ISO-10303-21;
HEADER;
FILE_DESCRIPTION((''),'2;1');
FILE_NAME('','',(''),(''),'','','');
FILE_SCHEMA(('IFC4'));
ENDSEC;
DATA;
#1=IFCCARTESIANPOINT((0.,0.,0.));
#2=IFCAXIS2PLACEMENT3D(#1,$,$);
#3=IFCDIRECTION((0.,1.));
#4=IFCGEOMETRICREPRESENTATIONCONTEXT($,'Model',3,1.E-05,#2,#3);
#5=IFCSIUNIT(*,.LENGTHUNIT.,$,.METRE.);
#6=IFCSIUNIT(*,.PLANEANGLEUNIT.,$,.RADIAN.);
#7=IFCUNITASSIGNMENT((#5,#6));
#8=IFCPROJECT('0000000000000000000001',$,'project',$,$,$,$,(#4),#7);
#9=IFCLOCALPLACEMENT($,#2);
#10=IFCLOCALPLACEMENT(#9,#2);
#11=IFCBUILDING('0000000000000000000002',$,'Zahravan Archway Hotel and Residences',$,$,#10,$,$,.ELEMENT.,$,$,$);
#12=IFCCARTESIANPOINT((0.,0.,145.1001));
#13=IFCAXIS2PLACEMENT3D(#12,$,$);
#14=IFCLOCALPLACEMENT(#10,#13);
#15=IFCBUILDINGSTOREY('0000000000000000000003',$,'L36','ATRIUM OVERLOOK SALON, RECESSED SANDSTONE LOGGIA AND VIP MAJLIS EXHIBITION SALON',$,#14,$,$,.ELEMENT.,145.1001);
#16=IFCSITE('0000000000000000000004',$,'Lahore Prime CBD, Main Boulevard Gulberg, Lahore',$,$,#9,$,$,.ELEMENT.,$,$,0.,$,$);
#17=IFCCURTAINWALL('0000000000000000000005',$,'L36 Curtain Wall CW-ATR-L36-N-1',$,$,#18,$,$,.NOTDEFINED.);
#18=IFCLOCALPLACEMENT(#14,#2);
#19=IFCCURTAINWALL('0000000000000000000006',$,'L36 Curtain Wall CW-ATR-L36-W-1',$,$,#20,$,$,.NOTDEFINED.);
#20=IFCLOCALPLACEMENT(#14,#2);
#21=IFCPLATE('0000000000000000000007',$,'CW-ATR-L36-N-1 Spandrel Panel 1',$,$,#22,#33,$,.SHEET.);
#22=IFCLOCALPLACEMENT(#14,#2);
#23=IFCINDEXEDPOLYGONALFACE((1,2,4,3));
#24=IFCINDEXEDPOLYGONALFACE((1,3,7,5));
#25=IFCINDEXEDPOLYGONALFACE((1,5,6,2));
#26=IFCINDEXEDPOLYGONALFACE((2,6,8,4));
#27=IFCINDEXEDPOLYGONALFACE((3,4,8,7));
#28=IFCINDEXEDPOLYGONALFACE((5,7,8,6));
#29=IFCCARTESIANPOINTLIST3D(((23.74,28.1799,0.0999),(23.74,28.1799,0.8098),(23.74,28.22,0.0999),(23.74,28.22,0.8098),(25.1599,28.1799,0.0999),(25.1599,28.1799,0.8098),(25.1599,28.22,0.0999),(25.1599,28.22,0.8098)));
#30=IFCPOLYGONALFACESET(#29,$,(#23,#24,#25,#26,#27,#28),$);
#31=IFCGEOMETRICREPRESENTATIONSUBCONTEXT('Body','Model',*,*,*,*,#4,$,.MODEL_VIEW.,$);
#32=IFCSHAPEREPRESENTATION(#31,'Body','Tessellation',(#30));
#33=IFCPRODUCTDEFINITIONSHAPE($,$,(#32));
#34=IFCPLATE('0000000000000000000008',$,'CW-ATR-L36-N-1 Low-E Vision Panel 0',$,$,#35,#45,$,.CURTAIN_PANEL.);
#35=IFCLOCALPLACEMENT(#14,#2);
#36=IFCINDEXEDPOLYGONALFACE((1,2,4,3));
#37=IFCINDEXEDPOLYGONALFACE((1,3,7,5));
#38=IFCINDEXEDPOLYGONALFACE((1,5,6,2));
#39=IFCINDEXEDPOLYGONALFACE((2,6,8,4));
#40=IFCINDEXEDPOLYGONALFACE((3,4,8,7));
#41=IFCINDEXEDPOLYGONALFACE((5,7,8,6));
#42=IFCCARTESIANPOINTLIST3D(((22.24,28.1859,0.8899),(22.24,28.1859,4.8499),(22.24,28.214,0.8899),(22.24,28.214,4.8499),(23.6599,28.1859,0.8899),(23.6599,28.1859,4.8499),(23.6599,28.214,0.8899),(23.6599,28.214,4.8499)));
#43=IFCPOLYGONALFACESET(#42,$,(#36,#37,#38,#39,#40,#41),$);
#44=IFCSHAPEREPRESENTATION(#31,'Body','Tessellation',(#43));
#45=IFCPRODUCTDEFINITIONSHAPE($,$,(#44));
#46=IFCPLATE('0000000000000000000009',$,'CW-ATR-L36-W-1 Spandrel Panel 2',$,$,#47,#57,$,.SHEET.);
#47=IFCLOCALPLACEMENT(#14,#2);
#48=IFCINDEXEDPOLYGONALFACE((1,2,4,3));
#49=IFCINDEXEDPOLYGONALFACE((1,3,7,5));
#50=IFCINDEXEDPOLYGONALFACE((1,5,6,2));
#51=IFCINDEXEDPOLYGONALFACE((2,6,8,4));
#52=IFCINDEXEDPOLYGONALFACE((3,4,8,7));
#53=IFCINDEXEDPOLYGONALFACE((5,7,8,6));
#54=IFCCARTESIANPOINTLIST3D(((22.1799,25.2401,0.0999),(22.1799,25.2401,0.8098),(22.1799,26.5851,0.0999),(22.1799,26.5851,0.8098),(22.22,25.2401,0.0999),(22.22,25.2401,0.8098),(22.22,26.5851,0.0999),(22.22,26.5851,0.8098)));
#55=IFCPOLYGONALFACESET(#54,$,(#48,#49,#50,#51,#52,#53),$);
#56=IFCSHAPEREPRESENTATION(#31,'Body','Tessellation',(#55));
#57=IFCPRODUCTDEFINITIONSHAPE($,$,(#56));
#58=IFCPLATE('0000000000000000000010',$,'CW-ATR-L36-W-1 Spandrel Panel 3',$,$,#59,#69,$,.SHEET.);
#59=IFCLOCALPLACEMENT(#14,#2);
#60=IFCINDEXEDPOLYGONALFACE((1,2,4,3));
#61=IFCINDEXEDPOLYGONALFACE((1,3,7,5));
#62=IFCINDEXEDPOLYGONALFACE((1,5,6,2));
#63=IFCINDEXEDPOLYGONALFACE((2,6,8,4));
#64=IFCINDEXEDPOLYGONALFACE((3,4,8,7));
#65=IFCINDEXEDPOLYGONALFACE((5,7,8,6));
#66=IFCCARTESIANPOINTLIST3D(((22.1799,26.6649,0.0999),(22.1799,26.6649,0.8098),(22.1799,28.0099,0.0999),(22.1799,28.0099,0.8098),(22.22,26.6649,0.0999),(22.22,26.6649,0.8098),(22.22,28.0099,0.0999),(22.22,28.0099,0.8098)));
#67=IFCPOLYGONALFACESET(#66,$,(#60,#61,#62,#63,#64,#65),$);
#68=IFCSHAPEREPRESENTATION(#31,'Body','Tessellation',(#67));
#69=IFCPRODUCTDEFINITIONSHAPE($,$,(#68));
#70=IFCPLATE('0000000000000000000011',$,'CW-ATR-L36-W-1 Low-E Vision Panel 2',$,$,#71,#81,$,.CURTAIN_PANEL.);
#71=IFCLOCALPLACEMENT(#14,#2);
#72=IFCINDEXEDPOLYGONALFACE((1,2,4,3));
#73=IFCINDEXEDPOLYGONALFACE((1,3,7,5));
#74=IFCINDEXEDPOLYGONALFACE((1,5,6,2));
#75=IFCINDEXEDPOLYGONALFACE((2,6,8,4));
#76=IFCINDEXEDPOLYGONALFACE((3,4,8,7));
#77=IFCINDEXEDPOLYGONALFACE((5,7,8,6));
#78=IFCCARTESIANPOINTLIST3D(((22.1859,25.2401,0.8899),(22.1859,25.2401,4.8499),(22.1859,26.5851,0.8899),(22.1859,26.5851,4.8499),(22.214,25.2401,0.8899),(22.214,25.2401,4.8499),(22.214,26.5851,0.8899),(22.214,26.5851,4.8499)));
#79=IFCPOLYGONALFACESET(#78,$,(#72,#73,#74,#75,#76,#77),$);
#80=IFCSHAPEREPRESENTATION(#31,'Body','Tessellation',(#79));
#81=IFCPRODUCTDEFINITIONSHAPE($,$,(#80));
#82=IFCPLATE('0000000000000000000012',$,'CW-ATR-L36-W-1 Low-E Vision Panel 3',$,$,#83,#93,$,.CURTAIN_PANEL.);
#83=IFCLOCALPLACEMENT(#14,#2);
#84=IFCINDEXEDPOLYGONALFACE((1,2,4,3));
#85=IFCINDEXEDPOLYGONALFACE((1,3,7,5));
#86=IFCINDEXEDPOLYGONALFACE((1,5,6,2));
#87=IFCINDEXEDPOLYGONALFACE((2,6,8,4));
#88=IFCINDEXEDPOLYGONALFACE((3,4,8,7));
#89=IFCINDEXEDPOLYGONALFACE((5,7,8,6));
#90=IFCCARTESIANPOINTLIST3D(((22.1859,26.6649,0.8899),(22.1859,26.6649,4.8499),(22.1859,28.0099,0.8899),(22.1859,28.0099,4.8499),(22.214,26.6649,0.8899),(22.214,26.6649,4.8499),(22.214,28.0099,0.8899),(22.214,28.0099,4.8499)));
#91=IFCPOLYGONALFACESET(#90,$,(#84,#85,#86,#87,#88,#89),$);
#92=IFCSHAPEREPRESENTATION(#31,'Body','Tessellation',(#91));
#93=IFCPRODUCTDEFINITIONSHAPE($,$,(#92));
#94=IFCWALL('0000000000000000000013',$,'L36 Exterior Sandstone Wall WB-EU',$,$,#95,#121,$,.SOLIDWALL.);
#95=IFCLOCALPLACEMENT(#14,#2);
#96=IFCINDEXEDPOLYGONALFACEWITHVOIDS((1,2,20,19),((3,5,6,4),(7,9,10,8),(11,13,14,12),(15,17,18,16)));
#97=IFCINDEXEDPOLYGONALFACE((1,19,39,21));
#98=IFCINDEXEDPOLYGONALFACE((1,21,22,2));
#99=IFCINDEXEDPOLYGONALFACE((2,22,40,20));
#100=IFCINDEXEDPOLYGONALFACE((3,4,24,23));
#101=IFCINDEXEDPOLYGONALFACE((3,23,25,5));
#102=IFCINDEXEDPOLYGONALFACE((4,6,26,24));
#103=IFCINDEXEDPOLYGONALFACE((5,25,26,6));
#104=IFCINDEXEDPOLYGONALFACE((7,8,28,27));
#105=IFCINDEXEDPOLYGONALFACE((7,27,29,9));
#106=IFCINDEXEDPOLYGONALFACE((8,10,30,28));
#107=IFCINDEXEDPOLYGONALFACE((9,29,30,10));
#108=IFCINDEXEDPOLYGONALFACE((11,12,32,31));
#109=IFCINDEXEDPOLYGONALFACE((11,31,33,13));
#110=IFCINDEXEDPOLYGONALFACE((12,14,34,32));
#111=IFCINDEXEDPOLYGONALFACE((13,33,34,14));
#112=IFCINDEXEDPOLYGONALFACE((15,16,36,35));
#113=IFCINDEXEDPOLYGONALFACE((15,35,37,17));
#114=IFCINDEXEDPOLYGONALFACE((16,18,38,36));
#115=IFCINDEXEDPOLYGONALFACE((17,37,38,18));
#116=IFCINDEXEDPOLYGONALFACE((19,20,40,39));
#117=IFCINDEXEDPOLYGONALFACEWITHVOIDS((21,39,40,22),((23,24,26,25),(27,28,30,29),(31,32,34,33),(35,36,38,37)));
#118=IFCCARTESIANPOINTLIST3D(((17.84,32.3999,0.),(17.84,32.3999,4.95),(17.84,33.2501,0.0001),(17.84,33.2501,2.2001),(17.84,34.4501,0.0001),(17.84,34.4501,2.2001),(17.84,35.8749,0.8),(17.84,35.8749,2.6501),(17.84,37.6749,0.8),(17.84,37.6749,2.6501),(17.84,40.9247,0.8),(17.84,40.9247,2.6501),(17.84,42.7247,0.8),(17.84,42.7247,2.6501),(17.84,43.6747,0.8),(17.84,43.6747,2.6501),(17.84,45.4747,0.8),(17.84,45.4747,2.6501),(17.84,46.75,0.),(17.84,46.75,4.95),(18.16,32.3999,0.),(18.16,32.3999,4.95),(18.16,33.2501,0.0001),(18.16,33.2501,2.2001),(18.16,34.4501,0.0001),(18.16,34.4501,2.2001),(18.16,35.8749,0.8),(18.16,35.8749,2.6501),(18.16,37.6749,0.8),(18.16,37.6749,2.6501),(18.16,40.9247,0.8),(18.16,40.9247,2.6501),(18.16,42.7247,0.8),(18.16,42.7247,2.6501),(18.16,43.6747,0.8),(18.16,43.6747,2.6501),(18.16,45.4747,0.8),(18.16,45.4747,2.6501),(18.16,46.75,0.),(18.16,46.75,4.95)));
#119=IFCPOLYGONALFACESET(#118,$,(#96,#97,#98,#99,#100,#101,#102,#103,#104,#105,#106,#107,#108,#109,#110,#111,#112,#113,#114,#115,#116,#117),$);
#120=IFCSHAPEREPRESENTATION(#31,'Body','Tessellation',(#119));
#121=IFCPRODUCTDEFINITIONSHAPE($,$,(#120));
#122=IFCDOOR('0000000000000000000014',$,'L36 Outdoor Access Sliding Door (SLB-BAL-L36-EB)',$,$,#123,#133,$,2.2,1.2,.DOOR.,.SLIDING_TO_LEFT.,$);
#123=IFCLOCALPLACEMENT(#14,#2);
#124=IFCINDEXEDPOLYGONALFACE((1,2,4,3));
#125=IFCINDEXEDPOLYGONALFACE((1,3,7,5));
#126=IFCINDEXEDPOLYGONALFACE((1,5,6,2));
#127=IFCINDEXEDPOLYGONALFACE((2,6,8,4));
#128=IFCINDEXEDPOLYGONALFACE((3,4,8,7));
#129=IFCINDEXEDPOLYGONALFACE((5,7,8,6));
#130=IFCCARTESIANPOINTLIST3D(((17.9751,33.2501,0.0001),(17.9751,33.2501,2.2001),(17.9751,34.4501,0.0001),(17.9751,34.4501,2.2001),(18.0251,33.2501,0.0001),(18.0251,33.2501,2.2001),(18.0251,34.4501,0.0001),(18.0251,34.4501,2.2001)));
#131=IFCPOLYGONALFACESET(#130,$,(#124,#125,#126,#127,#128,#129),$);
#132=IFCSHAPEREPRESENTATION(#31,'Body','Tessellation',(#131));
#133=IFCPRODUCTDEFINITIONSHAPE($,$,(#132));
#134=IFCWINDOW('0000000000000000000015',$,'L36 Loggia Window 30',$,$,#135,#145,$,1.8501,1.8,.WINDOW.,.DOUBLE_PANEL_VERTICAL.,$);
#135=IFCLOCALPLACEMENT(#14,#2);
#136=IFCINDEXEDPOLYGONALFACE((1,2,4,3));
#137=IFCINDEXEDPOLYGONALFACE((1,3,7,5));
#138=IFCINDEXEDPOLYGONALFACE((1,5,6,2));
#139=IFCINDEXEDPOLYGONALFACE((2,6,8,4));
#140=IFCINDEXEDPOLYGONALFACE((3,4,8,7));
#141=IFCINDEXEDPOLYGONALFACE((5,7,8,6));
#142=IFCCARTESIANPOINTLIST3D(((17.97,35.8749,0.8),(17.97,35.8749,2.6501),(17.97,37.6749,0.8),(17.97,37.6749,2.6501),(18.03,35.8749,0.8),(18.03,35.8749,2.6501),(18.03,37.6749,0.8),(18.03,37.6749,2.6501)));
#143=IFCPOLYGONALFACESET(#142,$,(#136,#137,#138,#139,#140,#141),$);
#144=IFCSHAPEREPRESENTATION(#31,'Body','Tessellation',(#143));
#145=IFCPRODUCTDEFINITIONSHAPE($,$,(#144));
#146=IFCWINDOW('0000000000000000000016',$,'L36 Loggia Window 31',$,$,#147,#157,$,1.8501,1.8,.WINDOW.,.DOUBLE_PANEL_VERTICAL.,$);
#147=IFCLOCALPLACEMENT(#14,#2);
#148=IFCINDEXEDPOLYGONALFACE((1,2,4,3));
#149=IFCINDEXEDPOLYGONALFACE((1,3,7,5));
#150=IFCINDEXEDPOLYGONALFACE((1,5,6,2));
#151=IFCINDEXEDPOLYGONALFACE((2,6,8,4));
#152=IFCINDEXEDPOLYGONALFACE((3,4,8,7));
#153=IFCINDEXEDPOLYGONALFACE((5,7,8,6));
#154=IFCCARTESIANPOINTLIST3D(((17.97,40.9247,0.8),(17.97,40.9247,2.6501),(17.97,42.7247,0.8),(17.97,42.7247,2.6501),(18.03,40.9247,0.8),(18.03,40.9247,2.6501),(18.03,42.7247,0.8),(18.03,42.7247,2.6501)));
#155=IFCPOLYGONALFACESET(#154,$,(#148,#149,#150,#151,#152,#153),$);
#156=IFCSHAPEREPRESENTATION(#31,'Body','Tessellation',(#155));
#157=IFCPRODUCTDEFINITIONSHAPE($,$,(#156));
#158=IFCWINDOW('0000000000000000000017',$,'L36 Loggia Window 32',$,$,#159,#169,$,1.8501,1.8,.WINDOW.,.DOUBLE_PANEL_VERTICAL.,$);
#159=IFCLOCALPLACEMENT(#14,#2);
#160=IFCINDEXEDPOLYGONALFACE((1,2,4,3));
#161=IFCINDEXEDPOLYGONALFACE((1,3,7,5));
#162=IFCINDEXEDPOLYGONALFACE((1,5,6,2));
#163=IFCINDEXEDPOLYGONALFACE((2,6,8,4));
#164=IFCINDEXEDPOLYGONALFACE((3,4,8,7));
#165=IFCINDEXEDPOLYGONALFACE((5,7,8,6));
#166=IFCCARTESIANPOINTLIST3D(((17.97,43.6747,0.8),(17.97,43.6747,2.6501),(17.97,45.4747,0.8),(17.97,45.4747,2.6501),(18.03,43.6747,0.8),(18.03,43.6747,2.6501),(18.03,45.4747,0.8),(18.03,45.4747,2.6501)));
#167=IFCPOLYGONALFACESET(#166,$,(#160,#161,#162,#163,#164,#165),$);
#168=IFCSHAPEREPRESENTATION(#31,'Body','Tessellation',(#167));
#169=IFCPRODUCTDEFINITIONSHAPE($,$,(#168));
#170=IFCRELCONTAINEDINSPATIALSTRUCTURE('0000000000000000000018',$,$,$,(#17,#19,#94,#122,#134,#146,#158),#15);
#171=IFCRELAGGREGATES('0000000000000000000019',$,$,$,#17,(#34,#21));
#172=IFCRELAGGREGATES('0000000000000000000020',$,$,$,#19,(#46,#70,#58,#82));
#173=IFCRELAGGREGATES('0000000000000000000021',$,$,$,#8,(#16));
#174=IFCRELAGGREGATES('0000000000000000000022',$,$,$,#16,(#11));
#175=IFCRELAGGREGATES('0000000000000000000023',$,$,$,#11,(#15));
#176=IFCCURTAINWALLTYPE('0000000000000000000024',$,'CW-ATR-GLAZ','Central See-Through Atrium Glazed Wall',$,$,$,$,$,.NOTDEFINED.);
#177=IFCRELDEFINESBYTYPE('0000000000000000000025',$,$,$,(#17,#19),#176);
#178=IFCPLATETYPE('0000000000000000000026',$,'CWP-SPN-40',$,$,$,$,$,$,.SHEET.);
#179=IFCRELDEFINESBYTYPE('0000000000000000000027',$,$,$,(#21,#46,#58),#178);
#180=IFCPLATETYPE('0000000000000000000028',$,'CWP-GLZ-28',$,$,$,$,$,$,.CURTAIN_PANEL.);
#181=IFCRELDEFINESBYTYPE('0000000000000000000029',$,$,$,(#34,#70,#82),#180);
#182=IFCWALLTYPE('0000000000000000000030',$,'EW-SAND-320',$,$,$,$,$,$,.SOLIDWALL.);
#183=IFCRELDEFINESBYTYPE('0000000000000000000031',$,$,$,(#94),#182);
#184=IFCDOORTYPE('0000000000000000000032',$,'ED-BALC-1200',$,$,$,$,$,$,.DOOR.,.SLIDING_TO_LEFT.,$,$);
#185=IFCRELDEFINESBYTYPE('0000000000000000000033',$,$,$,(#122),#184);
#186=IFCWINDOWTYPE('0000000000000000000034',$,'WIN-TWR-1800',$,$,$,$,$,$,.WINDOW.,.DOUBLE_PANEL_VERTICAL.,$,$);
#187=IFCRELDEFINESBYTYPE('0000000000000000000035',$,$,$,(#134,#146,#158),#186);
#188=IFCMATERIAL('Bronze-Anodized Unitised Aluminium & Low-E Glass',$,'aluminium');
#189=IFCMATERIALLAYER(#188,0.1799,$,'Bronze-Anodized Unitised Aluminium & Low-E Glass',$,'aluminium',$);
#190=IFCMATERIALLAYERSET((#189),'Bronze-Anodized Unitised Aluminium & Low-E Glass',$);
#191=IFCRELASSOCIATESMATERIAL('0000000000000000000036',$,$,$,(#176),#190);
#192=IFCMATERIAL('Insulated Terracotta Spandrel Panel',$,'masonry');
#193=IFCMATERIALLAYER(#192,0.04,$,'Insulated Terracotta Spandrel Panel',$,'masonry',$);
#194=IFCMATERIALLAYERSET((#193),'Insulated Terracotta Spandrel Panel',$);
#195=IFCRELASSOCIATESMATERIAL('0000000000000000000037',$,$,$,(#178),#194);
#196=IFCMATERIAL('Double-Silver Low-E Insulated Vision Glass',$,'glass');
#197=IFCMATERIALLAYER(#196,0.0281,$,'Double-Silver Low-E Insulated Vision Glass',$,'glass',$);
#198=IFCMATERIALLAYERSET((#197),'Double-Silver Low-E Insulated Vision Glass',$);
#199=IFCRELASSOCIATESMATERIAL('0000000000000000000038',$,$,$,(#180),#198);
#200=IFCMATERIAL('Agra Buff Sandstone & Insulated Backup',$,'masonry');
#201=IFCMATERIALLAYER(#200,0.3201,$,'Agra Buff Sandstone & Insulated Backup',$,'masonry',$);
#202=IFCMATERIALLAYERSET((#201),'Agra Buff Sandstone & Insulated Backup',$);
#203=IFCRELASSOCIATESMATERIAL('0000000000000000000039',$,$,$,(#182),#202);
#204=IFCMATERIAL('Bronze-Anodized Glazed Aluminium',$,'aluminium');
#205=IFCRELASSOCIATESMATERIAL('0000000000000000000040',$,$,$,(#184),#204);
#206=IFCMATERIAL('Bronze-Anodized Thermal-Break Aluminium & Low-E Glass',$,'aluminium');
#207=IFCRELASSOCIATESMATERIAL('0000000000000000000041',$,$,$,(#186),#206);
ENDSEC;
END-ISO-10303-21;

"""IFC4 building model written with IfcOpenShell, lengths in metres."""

from ifc_helpers import new_model, si_unit, direction, frame, frame_2d, origin, origin_2d, place, context, subcontext, project, spatial, rectangle, extrude, source, transform, mapped, material, layer, layer_set, type_object, type_shapes, element, fill, aggregate, save


model = new_model("IFC4")

# Units and contexts
model_context = context("Model", 3, precision=1e-05, world=origin(), true_north=direction((0.0, 1.0)))
body_context = subcontext(model_context, "Body", "Model", "MODEL_VIEW")
ifc_project = project(units=[si_unit("LENGTHUNIT", "METRE"), si_unit("PLANEANGLEUNIT", "RADIAN")], contexts=[model_context])

# Site, building, storey
site_placement = place(None, origin())
site = spatial("IfcSite", under=ifc_project, at=site_placement, Name="Lahore Prime CBD, Main Boulevard Gulberg, Lahore", CompositionType="ELEMENT", RefElevation=0.0)
building_placement = place(site_placement, origin())
building = spatial("IfcBuilding", under=site, at=building_placement, Name="Zahravan Archway Hotel and Residences", CompositionType="ELEMENT")
storey_placement = place(building_placement, frame((0.0, 0.0, 145.1001)))
storey = spatial("IfcBuildingStorey", under=building, at=storey_placement, Name="L36", Description="ATRIUM OVERLOOK SALON, RECESSED SANDSTONE LOGGIA AND VIP MAJLIS EXHIBITION SALON", CompositionType="ELEMENT", Elevation=145.1001)

# Curtain walls
ifc_material_1 = material(Name="Bronze-Anodized Unitised Aluminium & Low-E Glass", Category="aluminium")
ifc_layer_1 = layer(ifc_material_1, 0.1799, Name="Bronze-Anodized Unitised Aluminium & Low-E Glass", Category="aluminium")
ifc_layer_set_1 = layer_set([ifc_layer_1], Name="Bronze-Anodized Unitised Aluminium & Low-E Glass")
curtain_wall_type_1 = type_object("IfcCurtainWallType", Name="CW-ATR-GLAZ", Description="Central See-Through Atrium Glazed Wall", PredefinedType="NOTDEFINED", material=ifc_layer_set_1)
curtain_wall_1_placement = place(storey_placement, origin())
curtain_wall_1 = element("IfcCurtainWall", 1, at=curtain_wall_1_placement, inside=storey, type_object=curtain_wall_type_1, Name="L36 Curtain Wall CW-ATR-L36-N-1", PredefinedType="NOTDEFINED")
curtain_wall_2_placement = place(storey_placement, origin())
curtain_wall_2 = element("IfcCurtainWall", 2, at=curtain_wall_2_placement, inside=storey, type_object=curtain_wall_type_1, Name="L36 Curtain Wall CW-ATR-L36-W-1", PredefinedType="NOTDEFINED")

# Plates
ifc_material_2 = material(Name="Insulated Terracotta Spandrel Panel", Category="masonry")
ifc_layer_2 = layer(ifc_material_2, 0.04, Name="Insulated Terracotta Spandrel Panel", Category="masonry")
ifc_layer_set_2 = layer_set([ifc_layer_2], Name="Insulated Terracotta Spandrel Panel")
plate_type_1 = type_object("IfcPlateType", Name="CWP-SPN-40", PredefinedType="SHEET", material=ifc_layer_set_2)
shared_shape_1 = source(origin(), body_context, "Body", "SweptSolid", [
    extrude(rectangle(XDim=1.4199, YDim=0.04, at=origin_2d()), origin(), (0.0, 0.0, 1.0), 0.71),
])
plate_1_placement = place(storey_placement, frame((24.45, 28.2, 0.0999), z_axis=(0.0, 0.0, 1.0), x_axis=(1.0, 0.0, 0.0)))
plate_1 = element("IfcPlate", 3, at=plate_1_placement, type_object=plate_type_1, Name="CW-ATR-L36-N-1 Spandrel Panel 1", PredefinedType="SHEET", context=body_context, shape_type="MappedRepresentation", body=[
    mapped(shared_shape_1, transform((0.0, 0.0, 0.0), scale=1.0)),
])
ifc_material_3 = material(Name="Double-Silver Low-E Insulated Vision Glass", Category="glass")
ifc_layer_3 = layer(ifc_material_3, 0.0281, Name="Double-Silver Low-E Insulated Vision Glass", Category="glass")
ifc_layer_set_3 = layer_set([ifc_layer_3], Name="Double-Silver Low-E Insulated Vision Glass")
plate_type_2 = type_object("IfcPlateType", Name="CWP-GLZ-28", PredefinedType="CURTAIN_PANEL", material=ifc_layer_set_3)
shared_shape_2 = source(origin(), body_context, "Body", "SweptSolid", [
    extrude(rectangle(XDim=1.4199, YDim=0.0281, at=origin_2d()), origin(), (0.0, 0.0, 1.0), 3.96),
])
plate_2_placement = place(storey_placement, frame((22.95, 28.2, 0.8899), z_axis=(0.0, 0.0, 1.0), x_axis=(1.0, 0.0, 0.0)))
plate_2 = element("IfcPlate", 4, at=plate_2_placement, type_object=plate_type_2, Name="CW-ATR-L36-N-1 Low-E Vision Panel 0", PredefinedType="CURTAIN_PANEL", context=body_context, shape_type="MappedRepresentation", body=[
    mapped(shared_shape_2, transform((0.0, 0.0, 0.0), scale=1.0)),
])
aggregate(curtain_wall_1, [plate_2, plate_1])
shared_shape_3 = source(origin(), body_context, "Body", "SweptSolid", [
    extrude(rectangle(XDim=1.345, YDim=0.04, at=origin_2d()), origin(), (0.0, 0.0, 1.0), 0.71),
])
plate_3_placement = place(storey_placement, frame((22.2, 25.9126, 0.0999), z_axis=(0.0, 0.0, 1.0), x_axis=(0.0, 1.0, 0.0)))
plate_3 = element("IfcPlate", 5, at=plate_3_placement, type_object=plate_type_1, Name="CW-ATR-L36-W-1 Spandrel Panel 2", PredefinedType="SHEET", context=body_context, shape_type="MappedRepresentation", body=[
    mapped(shared_shape_3, transform((0.0, 0.0, 0.0), scale=1.0)),
])
plate_4_placement = place(storey_placement, frame((22.2, 27.3374, 0.0999), z_axis=(0.0, 0.0, 1.0), x_axis=(0.0, 1.0, 0.0)))
plate_4 = element("IfcPlate", 6, at=plate_4_placement, type_object=plate_type_1, Name="CW-ATR-L36-W-1 Spandrel Panel 3", PredefinedType="SHEET", context=body_context, shape_type="MappedRepresentation", body=[
    mapped(shared_shape_3, transform((0.0, 0.0, 0.0), scale=1.0)),
])
shared_shape_4 = source(origin(), body_context, "Body", "SweptSolid", [
    extrude(rectangle(XDim=1.345, YDim=0.0281, at=origin_2d()), origin(), (0.0, 0.0, 1.0), 3.96),
])
plate_5_placement = place(storey_placement, frame((22.2, 25.9126, 0.8899), z_axis=(0.0, 0.0, 1.0), x_axis=(0.0, 1.0, 0.0)))
plate_5 = element("IfcPlate", 7, at=plate_5_placement, type_object=plate_type_2, Name="CW-ATR-L36-W-1 Low-E Vision Panel 2", PredefinedType="CURTAIN_PANEL", context=body_context, shape_type="MappedRepresentation", body=[
    mapped(shared_shape_4, transform((0.0, 0.0, 0.0), scale=1.0)),
])
plate_6_placement = place(storey_placement, frame((22.2, 27.3374, 0.8899), z_axis=(0.0, 0.0, 1.0), x_axis=(0.0, 1.0, 0.0)))
plate_6 = element("IfcPlate", 8, at=plate_6_placement, type_object=plate_type_2, Name="CW-ATR-L36-W-1 Low-E Vision Panel 3", PredefinedType="CURTAIN_PANEL", context=body_context, shape_type="MappedRepresentation", body=[
    mapped(shared_shape_4, transform((0.0, 0.0, 0.0), scale=1.0)),
])
aggregate(curtain_wall_2, [plate_3, plate_5, plate_4, plate_6])

# Wall, openings, door, windows
ifc_material_4 = material(Name="Agra Buff Sandstone & Insulated Backup", Category="masonry")
ifc_layer_4 = layer(ifc_material_4, 0.3201, Name="Agra Buff Sandstone & Insulated Backup", Category="masonry")
ifc_layer_set_4 = layer_set([ifc_layer_4], Name="Agra Buff Sandstone & Insulated Backup")
wall_type = type_object("IfcWallType", Name="EW-SAND-320", PredefinedType="SOLIDWALL", material=ifc_layer_set_4)
wall_placement = place(storey_placement, frame((18.0, 32.3999, 0.0), z_axis=(0.0, 0.0, 1.0), x_axis=(0.0, 1.0, 0.0)))
wall = element("IfcWall", 9, at=wall_placement, inside=storey, type_object=wall_type, Name="L36 Exterior Sandstone Wall WB-EU", PredefinedType="SOLIDWALL", context=body_context, shape_type="SweptSolid", body=[
    extrude(rectangle(XDim=14.3501, YDim=0.3201, at=frame_2d((7.175, 0.0))), origin(), (0.0, 0.0, 1.0), 4.95),
])
opening_1_placement = place(wall_placement, frame((0.8501, 0.0, 0.0)))
opening_1 = element("IfcOpeningElement", 10, at=opening_1_placement, cuts=wall, PredefinedType="OPENING", context=body_context, shape_type="SweptSolid", body=[
    extrude(rectangle(XDim=1.2, YDim=2.2, at=frame_2d((0.6001, 1.1001))), frame((0.0, 0.1699, 0.0), z_axis=(0.0, -1.0, 0.0), x_axis=(1.0, 0.0, 0.0)), (0.0, 0.0, 1.0), 0.3401),
])
opening_2_placement = place(wall_placement, frame((3.4751, 0.0, 0.8)))
opening_2 = element("IfcOpeningElement", 11, at=opening_2_placement, cuts=wall, PredefinedType="OPENING", context=body_context, shape_type="SweptSolid", body=[
    extrude(rectangle(XDim=1.8, YDim=1.8501, at=frame_2d((0.8999, 0.925))), frame((0.0, 0.1699, 0.0), z_axis=(0.0, -1.0, 0.0), x_axis=(1.0, 0.0, 0.0)), (0.0, 0.0, 1.0), 0.3401),
])
opening_3_placement = place(wall_placement, frame((8.5249, 0.0, 0.8)))
opening_3 = element("IfcOpeningElement", 12, at=opening_3_placement, cuts=wall, PredefinedType="OPENING", context=body_context, shape_type="SweptSolid", body=[
    extrude(rectangle(XDim=1.8, YDim=1.8501, at=frame_2d((0.8999, 0.925))), frame((0.0, 0.1699, 0.0), z_axis=(0.0, -1.0, 0.0), x_axis=(1.0, 0.0, 0.0)), (0.0, 0.0, 1.0), 0.3401),
])
opening_4_placement = place(wall_placement, frame((11.2749, 0.0, 0.8)))
opening_4 = element("IfcOpeningElement", 13, at=opening_4_placement, cuts=wall, PredefinedType="OPENING", context=body_context, shape_type="SweptSolid", body=[
    extrude(rectangle(XDim=1.8, YDim=1.8501, at=frame_2d((0.8999, 0.925))), frame((0.0, 0.1699, 0.0), z_axis=(0.0, -1.0, 0.0), x_axis=(1.0, 0.0, 0.0)), (0.0, 0.0, 1.0), 0.3401),
])
ifc_material_5 = material(Name="Bronze-Anodized Glazed Aluminium", Category="aluminium")
door_type = type_object("IfcDoorType", Name="ED-BALC-1200", OperationType="SLIDING_TO_LEFT", PredefinedType="DOOR", material=ifc_material_5)
shared_shape_5 = source(origin(), body_context, "Body", "SweptSolid", [
    extrude(rectangle(XDim=1.2, YDim=2.2, at=frame_2d((0.6001, 1.1001))), frame((0.0, 0.0249, 0.0), z_axis=(0.0, -1.0, 0.0), x_axis=(1.0, 0.0, 0.0)), (0.0, 0.0, 1.0), 0.05),
])
type_shapes(door_type, [shared_shape_5])
door_placement = place(opening_1_placement, origin())
door = element("IfcDoor", 14, at=door_placement, inside=storey, type_object=door_type, Name="L36 Outdoor Access Sliding Door (SLB-BAL-L36-EB)", OperationType="SLIDING_TO_LEFT", OverallHeight=2.2, OverallWidth=1.2, PredefinedType="DOOR", context=body_context, shape_type="MappedRepresentation", body=[
    mapped(shared_shape_5, transform((0.0, 0.0, 0.0), scale=1.0)),
])
fill(opening_1, door)
ifc_material_6 = material(Name="Bronze-Anodized Thermal-Break Aluminium & Low-E Glass", Category="aluminium")
window_type = type_object("IfcWindowType", Name="WIN-TWR-1800", PartitioningType="DOUBLE_PANEL_VERTICAL", PredefinedType="WINDOW", material=ifc_material_6)
shared_shape_6 = source(origin(), body_context, "Body", "SweptSolid", [
    extrude(rectangle(XDim=1.8, YDim=1.8501, at=frame_2d((0.8999, 0.925))), frame((0.0, 0.03, 0.0), z_axis=(0.0, -1.0, 0.0), x_axis=(1.0, 0.0, 0.0)), (0.0, 0.0, 1.0), 0.0601),
])
type_shapes(window_type, [shared_shape_6])
window_1_placement = place(opening_2_placement, origin())
window_1 = element("IfcWindow", 15, at=window_1_placement, inside=storey, type_object=window_type, Name="L36 Loggia Window 30", OverallHeight=1.8501, OverallWidth=1.8, PartitioningType="DOUBLE_PANEL_VERTICAL", PredefinedType="WINDOW", context=body_context, shape_type="MappedRepresentation", body=[
    mapped(shared_shape_6, transform((0.0, 0.0, 0.0), scale=1.0)),
])
fill(opening_2, window_1)
window_2_placement = place(opening_3_placement, origin())
window_2 = element("IfcWindow", 16, at=window_2_placement, inside=storey, type_object=window_type, Name="L36 Loggia Window 31", OverallHeight=1.8501, OverallWidth=1.8, PartitioningType="DOUBLE_PANEL_VERTICAL", PredefinedType="WINDOW", context=body_context, shape_type="MappedRepresentation", body=[
    mapped(shared_shape_6, transform((0.0, 0.0, 0.0), scale=1.0)),
])
fill(opening_3, window_2)
window_3_placement = place(opening_4_placement, origin())
window_3 = element("IfcWindow", 17, at=window_3_placement, inside=storey, type_object=window_type, Name="L36 Loggia Window 32", OverallHeight=1.8501, OverallWidth=1.8, PartitioningType="DOUBLE_PANEL_VERTICAL", PredefinedType="WINDOW", context=body_context, shape_type="MappedRepresentation", body=[
    mapped(shared_shape_6, transform((0.0, 0.0, 0.0), scale=1.0)),
])
fill(opening_4, window_3)

save(model, "model.ifc")
